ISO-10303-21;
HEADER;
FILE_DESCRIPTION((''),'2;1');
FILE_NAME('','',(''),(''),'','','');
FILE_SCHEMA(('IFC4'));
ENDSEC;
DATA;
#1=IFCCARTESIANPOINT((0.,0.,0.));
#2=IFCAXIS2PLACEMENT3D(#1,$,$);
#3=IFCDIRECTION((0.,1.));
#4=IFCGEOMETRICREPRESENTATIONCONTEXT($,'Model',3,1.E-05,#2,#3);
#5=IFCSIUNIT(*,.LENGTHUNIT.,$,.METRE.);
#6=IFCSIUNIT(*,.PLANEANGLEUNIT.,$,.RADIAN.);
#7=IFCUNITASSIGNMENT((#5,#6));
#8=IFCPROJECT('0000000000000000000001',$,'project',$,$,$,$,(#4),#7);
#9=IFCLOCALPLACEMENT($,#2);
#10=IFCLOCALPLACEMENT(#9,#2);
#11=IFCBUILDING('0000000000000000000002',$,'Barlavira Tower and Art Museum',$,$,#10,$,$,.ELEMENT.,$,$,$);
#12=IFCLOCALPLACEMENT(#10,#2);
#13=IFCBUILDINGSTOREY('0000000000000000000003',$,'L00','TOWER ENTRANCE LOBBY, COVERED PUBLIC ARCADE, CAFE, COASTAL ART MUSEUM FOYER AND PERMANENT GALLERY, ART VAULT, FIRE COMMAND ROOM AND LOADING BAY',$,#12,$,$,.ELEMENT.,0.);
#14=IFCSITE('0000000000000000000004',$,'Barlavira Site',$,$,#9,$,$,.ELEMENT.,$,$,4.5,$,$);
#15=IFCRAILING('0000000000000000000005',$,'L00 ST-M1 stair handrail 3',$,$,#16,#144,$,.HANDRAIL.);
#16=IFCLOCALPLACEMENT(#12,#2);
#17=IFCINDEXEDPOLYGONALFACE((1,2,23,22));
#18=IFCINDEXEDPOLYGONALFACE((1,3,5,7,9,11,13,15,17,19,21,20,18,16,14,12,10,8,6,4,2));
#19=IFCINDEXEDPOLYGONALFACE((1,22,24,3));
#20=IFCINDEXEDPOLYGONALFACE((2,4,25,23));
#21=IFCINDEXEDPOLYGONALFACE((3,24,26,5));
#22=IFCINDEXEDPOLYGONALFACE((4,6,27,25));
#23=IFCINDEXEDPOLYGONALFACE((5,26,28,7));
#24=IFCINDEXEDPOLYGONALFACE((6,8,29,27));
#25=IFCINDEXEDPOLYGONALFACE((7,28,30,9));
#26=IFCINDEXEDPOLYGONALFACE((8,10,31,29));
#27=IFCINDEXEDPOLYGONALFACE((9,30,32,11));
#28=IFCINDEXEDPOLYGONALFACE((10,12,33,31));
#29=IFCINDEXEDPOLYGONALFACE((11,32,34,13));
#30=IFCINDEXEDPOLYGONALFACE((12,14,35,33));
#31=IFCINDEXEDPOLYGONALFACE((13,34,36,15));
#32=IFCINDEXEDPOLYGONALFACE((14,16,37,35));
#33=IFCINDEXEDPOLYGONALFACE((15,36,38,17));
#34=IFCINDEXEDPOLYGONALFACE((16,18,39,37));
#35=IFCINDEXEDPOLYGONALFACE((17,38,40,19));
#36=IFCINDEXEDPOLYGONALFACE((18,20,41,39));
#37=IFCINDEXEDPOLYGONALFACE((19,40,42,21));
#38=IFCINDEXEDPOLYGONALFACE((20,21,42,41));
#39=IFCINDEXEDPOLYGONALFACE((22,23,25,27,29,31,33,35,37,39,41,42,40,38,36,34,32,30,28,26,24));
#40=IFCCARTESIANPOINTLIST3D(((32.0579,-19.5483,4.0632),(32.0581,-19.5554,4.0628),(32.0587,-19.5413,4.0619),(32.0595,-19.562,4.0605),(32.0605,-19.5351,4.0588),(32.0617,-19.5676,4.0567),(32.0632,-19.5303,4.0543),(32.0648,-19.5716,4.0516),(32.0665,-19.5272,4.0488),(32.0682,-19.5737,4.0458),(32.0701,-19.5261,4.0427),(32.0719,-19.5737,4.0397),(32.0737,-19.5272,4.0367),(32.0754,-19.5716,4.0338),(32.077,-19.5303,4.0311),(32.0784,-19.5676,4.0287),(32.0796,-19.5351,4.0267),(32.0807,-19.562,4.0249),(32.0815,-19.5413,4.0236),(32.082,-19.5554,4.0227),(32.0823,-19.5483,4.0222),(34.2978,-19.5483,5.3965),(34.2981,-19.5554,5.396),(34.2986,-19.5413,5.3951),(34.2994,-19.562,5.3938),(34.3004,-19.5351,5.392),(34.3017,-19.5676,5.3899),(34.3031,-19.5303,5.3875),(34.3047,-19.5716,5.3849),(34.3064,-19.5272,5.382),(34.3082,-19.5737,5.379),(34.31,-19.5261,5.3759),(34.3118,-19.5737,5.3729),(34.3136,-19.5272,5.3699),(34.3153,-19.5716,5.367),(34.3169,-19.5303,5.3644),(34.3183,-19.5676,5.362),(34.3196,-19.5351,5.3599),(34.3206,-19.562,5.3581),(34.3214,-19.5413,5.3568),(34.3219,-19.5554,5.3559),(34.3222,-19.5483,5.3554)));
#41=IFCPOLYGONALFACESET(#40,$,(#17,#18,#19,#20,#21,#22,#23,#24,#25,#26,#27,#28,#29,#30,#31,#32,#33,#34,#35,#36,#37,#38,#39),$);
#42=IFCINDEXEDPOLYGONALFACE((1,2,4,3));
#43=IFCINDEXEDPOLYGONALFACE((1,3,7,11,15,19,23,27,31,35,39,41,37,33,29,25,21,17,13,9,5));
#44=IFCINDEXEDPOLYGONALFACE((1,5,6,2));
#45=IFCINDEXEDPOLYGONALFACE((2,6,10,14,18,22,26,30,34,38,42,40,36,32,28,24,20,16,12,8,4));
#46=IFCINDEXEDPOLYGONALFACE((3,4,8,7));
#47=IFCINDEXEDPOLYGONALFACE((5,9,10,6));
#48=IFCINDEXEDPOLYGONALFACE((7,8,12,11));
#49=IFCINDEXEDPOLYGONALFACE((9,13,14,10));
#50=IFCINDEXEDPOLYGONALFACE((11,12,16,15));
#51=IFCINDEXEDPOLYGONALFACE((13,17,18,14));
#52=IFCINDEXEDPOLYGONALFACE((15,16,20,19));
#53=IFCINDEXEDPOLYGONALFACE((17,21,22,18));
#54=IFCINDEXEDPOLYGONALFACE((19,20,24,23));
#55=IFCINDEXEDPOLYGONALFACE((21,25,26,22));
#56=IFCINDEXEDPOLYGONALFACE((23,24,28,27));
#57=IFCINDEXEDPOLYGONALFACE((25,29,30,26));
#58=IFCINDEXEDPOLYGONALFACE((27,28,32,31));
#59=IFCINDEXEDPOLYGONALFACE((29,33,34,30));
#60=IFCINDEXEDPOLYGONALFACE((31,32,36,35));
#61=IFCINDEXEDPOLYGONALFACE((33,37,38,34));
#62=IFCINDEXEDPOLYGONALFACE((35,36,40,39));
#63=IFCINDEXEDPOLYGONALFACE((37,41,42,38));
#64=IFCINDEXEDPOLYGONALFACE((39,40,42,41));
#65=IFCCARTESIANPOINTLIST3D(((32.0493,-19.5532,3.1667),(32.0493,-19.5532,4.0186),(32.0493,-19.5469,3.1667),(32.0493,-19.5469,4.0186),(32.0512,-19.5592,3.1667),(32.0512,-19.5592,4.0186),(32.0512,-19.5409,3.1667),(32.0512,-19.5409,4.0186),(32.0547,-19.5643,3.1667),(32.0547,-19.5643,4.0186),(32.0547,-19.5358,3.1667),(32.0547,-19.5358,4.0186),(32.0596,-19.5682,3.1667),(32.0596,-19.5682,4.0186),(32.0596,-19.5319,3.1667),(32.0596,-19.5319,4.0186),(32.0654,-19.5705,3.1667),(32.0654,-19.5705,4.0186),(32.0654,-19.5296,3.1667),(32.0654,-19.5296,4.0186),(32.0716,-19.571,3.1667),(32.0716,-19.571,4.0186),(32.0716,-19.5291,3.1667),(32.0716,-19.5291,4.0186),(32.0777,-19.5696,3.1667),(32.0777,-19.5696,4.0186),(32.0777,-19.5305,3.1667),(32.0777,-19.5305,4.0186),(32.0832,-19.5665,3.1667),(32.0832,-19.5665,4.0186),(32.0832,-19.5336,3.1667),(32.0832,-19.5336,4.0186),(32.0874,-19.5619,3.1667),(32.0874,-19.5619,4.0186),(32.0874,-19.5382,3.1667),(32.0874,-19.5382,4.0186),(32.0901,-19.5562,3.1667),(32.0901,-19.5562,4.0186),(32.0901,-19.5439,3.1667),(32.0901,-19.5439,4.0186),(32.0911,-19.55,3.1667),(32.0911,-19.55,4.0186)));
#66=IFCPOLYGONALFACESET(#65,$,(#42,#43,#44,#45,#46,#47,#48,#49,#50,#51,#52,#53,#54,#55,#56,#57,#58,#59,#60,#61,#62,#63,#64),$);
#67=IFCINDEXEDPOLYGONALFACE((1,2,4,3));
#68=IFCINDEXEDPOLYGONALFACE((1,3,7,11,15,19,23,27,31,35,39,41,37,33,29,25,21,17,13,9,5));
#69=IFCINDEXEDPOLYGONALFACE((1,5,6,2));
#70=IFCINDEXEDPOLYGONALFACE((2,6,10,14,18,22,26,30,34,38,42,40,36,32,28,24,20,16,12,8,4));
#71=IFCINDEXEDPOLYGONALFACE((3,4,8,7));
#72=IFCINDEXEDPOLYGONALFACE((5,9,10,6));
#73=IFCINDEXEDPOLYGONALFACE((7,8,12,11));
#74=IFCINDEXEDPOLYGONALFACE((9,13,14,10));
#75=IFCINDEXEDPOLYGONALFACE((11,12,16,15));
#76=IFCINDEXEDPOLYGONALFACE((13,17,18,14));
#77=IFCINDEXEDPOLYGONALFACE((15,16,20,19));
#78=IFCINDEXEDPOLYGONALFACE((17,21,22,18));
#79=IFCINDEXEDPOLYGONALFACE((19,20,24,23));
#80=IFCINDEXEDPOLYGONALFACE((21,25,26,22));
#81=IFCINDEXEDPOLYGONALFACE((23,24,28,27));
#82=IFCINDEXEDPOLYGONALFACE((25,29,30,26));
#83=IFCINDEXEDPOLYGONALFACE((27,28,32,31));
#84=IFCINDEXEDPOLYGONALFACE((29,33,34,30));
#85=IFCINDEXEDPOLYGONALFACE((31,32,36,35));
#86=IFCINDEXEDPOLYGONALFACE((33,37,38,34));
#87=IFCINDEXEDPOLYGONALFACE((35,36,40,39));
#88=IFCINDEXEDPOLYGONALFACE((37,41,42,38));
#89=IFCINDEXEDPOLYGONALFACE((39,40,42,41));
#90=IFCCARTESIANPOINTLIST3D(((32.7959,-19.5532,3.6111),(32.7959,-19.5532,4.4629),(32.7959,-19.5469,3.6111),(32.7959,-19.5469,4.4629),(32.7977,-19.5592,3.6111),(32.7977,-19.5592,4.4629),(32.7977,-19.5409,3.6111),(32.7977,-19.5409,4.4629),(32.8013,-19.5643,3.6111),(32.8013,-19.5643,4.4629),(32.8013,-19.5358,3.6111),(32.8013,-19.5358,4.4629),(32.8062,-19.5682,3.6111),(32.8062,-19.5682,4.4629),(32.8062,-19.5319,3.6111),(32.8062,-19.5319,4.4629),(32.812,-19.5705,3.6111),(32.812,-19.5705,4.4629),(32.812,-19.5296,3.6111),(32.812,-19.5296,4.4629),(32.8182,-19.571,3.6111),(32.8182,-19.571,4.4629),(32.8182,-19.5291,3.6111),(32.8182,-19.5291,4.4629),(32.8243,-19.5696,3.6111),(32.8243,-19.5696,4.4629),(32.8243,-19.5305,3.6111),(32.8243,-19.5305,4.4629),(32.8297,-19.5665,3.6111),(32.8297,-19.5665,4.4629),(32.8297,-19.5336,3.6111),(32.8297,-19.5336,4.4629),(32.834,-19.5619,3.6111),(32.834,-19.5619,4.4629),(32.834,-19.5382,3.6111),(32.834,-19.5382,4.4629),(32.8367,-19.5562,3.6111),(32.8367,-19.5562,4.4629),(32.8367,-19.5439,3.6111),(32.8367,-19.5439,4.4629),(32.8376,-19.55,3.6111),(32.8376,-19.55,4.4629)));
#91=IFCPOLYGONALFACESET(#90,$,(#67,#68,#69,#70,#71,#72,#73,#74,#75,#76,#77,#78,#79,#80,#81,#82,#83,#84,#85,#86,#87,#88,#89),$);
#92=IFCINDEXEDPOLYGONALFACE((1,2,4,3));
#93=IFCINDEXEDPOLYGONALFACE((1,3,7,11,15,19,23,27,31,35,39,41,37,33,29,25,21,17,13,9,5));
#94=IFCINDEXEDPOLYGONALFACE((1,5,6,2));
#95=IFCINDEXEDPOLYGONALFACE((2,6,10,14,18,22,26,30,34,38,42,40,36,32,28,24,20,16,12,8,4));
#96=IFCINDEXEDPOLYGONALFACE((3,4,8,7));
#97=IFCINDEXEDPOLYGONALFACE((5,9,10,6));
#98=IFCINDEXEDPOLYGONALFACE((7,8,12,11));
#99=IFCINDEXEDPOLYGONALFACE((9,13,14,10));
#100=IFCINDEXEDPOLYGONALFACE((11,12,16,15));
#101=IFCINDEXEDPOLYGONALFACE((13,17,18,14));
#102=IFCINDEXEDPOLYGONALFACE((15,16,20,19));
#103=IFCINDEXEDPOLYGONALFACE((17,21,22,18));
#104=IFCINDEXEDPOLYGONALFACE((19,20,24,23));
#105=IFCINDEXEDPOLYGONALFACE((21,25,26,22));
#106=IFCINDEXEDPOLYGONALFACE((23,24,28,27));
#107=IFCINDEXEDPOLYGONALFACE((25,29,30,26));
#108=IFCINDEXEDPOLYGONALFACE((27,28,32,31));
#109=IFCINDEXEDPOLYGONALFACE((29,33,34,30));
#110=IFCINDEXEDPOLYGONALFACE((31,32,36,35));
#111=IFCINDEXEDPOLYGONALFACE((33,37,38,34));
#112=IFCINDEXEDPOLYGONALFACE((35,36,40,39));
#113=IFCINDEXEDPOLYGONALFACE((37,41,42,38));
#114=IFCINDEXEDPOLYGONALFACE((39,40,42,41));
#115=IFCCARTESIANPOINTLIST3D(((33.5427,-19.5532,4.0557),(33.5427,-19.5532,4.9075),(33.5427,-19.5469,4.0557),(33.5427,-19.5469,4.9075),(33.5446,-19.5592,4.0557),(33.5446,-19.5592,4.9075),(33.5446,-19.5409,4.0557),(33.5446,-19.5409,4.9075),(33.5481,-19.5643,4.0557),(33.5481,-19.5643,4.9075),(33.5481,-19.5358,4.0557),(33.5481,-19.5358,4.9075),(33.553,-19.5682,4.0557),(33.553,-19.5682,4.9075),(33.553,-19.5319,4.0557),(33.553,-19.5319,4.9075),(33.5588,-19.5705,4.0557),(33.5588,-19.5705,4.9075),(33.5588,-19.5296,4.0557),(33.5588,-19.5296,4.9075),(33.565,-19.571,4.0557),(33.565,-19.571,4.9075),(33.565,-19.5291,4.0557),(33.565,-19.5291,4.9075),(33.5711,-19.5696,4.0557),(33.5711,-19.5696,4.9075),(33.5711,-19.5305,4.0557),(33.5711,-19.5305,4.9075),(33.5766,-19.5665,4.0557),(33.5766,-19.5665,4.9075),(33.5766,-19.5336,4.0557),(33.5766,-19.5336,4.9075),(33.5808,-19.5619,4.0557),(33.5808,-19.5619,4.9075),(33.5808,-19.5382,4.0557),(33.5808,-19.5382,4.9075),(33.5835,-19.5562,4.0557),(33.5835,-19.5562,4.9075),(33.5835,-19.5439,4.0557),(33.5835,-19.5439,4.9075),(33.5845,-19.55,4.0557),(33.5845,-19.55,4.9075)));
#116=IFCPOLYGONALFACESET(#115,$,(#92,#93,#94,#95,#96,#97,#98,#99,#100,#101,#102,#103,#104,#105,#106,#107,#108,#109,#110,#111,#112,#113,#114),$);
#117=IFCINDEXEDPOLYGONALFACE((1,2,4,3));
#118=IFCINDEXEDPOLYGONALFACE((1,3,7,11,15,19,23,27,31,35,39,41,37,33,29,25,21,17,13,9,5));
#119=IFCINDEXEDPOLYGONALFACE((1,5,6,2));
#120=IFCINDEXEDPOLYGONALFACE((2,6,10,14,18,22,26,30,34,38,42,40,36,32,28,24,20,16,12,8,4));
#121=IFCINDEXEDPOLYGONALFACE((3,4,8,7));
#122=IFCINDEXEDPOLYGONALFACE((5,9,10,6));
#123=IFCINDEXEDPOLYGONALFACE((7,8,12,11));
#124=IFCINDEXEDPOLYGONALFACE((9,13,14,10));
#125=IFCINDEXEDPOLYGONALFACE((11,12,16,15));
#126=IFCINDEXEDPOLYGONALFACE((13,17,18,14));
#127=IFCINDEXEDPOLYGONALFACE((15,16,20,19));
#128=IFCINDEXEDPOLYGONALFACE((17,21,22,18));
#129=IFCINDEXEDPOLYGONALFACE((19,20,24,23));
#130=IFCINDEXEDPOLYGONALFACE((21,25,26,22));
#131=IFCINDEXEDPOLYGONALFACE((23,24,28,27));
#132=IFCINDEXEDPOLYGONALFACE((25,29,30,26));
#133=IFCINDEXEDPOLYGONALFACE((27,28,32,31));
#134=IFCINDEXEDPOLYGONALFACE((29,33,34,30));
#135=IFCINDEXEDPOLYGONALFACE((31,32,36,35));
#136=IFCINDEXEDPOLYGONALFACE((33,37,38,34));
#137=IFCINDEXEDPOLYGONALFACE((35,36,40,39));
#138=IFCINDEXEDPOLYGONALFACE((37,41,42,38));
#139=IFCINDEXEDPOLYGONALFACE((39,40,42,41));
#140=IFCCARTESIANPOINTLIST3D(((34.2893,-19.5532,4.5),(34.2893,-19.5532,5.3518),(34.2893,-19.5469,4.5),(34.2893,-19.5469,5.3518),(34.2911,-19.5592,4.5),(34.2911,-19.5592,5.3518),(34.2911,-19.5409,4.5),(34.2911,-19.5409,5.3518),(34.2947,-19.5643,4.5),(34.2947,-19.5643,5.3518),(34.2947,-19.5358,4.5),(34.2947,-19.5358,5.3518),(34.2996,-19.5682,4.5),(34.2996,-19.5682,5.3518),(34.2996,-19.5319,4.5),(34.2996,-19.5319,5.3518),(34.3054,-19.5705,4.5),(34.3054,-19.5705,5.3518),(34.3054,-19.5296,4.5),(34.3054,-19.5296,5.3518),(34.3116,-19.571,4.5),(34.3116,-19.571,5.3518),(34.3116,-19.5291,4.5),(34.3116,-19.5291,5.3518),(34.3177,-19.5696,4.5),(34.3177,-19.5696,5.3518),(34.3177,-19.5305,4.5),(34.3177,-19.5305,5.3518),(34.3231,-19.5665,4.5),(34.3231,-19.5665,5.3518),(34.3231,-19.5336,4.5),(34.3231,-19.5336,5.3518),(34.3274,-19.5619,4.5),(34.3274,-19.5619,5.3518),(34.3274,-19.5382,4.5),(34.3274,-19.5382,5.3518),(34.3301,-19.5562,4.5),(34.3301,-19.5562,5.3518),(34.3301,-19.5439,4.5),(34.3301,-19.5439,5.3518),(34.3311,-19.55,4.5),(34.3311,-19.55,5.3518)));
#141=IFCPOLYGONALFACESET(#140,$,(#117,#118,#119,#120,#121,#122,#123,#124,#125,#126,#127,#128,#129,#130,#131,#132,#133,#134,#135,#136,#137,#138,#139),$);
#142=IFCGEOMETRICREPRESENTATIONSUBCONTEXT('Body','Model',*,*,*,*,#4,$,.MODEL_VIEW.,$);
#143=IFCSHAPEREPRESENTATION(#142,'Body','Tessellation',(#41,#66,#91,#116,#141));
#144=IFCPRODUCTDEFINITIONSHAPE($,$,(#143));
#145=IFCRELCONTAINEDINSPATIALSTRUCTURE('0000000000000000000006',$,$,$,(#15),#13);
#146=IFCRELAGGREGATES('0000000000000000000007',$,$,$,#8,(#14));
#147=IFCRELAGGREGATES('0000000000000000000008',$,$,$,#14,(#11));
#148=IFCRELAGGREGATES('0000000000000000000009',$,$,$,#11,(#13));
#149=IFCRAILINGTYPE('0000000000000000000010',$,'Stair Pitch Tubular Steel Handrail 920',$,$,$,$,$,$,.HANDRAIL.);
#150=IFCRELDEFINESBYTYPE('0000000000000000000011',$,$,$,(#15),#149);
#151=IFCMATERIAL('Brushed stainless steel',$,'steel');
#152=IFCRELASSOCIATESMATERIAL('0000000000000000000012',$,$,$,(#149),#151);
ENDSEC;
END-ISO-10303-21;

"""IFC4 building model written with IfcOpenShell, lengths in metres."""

from ifc_helpers import new_model, si_unit, direction, frame, origin, origin_2d, place, context, subcontext, project, spatial, circle, extrude, material, type_object, element, save


model = new_model("IFC4")

# Units and contexts
model_context = context("Model", 3, precision=1e-05, world=origin(), true_north=direction((0.0, 1.0)))
body_context = subcontext(model_context, "Body", "Model", "MODEL_VIEW")
ifc_project = project(units=[si_unit("LENGTHUNIT", "METRE"), si_unit("PLANEANGLEUNIT", "RADIAN")], contexts=[model_context])

# Site, building, storey
site_placement = place(None, origin())
site = spatial("IfcSite", under=ifc_project, at=site_placement, Name="Barlavira Site", CompositionType="ELEMENT", RefElevation=4.5)
building_placement = place(site_placement, origin())
building = spatial("IfcBuilding", under=site, at=building_placement, Name="Barlavira Tower and Art Museum", CompositionType="ELEMENT")
storey_placement = place(building_placement, origin())
storey = spatial("IfcBuildingStorey", under=building, at=storey_placement, Name="L00", Description="TOWER ENTRANCE LOBBY, COVERED PUBLIC ARCADE, CAFE, COASTAL ART MUSEUM FOYER AND PERMANENT GALLERY, ART VAULT, FIRE COMMAND ROOM AND LOADING BAY", CompositionType="ELEMENT", Elevation=0.0)

# Shared definitions
ifc_material_1 = material(Name="Brushed stainless steel", Category="steel")

# Railing
railing_type_1 = type_object("IfcRailingType", Name="Stair Pitch Tubular Steel Handrail 920", PredefinedType="HANDRAIL", material=ifc_material_1)
for number, where, name in (
    (1, (32.0701, -19.55, 3.1667), "L00 ST-M1 stair handrail 3"),
):
    element("IfcRailing", number, at=place(storey_placement, frame(where)), inside=storey, type_object=railing_type_1, Name=name, PredefinedType="HANDRAIL", context=body_context, shape_type="SweptSolid", body=[
        extrude(circle(Radius=0.0239, at=origin_2d()), frame((0.0, 0.0, 0.876), z_axis=(0.859306, 0.0, 0.511462), x_axis=(0.0, 1.0, 0.0)), (0.0, 0.0, 1.0), 2.6067),
        extrude(circle(Radius=0.021, at=origin_2d()), origin(), (0.0, 0.0, 1.0), 0.8518),
        extrude(circle(Radius=0.021, at=origin_2d()), frame((0.7466, 0.0, 0.4443)), (0.0, 0.0, 1.0), 0.8518),
        extrude(circle(Radius=0.021, at=origin_2d()), frame((1.4934, 0.0, 0.8889)), (0.0, 0.0, 1.0), 0.8518),
        extrude(circle(Radius=0.021, at=origin_2d()), frame((2.24, 0.0, 1.3333)), (0.0, 0.0, 1.0), 0.8518),
    ])

save(model, "model.ifc")
